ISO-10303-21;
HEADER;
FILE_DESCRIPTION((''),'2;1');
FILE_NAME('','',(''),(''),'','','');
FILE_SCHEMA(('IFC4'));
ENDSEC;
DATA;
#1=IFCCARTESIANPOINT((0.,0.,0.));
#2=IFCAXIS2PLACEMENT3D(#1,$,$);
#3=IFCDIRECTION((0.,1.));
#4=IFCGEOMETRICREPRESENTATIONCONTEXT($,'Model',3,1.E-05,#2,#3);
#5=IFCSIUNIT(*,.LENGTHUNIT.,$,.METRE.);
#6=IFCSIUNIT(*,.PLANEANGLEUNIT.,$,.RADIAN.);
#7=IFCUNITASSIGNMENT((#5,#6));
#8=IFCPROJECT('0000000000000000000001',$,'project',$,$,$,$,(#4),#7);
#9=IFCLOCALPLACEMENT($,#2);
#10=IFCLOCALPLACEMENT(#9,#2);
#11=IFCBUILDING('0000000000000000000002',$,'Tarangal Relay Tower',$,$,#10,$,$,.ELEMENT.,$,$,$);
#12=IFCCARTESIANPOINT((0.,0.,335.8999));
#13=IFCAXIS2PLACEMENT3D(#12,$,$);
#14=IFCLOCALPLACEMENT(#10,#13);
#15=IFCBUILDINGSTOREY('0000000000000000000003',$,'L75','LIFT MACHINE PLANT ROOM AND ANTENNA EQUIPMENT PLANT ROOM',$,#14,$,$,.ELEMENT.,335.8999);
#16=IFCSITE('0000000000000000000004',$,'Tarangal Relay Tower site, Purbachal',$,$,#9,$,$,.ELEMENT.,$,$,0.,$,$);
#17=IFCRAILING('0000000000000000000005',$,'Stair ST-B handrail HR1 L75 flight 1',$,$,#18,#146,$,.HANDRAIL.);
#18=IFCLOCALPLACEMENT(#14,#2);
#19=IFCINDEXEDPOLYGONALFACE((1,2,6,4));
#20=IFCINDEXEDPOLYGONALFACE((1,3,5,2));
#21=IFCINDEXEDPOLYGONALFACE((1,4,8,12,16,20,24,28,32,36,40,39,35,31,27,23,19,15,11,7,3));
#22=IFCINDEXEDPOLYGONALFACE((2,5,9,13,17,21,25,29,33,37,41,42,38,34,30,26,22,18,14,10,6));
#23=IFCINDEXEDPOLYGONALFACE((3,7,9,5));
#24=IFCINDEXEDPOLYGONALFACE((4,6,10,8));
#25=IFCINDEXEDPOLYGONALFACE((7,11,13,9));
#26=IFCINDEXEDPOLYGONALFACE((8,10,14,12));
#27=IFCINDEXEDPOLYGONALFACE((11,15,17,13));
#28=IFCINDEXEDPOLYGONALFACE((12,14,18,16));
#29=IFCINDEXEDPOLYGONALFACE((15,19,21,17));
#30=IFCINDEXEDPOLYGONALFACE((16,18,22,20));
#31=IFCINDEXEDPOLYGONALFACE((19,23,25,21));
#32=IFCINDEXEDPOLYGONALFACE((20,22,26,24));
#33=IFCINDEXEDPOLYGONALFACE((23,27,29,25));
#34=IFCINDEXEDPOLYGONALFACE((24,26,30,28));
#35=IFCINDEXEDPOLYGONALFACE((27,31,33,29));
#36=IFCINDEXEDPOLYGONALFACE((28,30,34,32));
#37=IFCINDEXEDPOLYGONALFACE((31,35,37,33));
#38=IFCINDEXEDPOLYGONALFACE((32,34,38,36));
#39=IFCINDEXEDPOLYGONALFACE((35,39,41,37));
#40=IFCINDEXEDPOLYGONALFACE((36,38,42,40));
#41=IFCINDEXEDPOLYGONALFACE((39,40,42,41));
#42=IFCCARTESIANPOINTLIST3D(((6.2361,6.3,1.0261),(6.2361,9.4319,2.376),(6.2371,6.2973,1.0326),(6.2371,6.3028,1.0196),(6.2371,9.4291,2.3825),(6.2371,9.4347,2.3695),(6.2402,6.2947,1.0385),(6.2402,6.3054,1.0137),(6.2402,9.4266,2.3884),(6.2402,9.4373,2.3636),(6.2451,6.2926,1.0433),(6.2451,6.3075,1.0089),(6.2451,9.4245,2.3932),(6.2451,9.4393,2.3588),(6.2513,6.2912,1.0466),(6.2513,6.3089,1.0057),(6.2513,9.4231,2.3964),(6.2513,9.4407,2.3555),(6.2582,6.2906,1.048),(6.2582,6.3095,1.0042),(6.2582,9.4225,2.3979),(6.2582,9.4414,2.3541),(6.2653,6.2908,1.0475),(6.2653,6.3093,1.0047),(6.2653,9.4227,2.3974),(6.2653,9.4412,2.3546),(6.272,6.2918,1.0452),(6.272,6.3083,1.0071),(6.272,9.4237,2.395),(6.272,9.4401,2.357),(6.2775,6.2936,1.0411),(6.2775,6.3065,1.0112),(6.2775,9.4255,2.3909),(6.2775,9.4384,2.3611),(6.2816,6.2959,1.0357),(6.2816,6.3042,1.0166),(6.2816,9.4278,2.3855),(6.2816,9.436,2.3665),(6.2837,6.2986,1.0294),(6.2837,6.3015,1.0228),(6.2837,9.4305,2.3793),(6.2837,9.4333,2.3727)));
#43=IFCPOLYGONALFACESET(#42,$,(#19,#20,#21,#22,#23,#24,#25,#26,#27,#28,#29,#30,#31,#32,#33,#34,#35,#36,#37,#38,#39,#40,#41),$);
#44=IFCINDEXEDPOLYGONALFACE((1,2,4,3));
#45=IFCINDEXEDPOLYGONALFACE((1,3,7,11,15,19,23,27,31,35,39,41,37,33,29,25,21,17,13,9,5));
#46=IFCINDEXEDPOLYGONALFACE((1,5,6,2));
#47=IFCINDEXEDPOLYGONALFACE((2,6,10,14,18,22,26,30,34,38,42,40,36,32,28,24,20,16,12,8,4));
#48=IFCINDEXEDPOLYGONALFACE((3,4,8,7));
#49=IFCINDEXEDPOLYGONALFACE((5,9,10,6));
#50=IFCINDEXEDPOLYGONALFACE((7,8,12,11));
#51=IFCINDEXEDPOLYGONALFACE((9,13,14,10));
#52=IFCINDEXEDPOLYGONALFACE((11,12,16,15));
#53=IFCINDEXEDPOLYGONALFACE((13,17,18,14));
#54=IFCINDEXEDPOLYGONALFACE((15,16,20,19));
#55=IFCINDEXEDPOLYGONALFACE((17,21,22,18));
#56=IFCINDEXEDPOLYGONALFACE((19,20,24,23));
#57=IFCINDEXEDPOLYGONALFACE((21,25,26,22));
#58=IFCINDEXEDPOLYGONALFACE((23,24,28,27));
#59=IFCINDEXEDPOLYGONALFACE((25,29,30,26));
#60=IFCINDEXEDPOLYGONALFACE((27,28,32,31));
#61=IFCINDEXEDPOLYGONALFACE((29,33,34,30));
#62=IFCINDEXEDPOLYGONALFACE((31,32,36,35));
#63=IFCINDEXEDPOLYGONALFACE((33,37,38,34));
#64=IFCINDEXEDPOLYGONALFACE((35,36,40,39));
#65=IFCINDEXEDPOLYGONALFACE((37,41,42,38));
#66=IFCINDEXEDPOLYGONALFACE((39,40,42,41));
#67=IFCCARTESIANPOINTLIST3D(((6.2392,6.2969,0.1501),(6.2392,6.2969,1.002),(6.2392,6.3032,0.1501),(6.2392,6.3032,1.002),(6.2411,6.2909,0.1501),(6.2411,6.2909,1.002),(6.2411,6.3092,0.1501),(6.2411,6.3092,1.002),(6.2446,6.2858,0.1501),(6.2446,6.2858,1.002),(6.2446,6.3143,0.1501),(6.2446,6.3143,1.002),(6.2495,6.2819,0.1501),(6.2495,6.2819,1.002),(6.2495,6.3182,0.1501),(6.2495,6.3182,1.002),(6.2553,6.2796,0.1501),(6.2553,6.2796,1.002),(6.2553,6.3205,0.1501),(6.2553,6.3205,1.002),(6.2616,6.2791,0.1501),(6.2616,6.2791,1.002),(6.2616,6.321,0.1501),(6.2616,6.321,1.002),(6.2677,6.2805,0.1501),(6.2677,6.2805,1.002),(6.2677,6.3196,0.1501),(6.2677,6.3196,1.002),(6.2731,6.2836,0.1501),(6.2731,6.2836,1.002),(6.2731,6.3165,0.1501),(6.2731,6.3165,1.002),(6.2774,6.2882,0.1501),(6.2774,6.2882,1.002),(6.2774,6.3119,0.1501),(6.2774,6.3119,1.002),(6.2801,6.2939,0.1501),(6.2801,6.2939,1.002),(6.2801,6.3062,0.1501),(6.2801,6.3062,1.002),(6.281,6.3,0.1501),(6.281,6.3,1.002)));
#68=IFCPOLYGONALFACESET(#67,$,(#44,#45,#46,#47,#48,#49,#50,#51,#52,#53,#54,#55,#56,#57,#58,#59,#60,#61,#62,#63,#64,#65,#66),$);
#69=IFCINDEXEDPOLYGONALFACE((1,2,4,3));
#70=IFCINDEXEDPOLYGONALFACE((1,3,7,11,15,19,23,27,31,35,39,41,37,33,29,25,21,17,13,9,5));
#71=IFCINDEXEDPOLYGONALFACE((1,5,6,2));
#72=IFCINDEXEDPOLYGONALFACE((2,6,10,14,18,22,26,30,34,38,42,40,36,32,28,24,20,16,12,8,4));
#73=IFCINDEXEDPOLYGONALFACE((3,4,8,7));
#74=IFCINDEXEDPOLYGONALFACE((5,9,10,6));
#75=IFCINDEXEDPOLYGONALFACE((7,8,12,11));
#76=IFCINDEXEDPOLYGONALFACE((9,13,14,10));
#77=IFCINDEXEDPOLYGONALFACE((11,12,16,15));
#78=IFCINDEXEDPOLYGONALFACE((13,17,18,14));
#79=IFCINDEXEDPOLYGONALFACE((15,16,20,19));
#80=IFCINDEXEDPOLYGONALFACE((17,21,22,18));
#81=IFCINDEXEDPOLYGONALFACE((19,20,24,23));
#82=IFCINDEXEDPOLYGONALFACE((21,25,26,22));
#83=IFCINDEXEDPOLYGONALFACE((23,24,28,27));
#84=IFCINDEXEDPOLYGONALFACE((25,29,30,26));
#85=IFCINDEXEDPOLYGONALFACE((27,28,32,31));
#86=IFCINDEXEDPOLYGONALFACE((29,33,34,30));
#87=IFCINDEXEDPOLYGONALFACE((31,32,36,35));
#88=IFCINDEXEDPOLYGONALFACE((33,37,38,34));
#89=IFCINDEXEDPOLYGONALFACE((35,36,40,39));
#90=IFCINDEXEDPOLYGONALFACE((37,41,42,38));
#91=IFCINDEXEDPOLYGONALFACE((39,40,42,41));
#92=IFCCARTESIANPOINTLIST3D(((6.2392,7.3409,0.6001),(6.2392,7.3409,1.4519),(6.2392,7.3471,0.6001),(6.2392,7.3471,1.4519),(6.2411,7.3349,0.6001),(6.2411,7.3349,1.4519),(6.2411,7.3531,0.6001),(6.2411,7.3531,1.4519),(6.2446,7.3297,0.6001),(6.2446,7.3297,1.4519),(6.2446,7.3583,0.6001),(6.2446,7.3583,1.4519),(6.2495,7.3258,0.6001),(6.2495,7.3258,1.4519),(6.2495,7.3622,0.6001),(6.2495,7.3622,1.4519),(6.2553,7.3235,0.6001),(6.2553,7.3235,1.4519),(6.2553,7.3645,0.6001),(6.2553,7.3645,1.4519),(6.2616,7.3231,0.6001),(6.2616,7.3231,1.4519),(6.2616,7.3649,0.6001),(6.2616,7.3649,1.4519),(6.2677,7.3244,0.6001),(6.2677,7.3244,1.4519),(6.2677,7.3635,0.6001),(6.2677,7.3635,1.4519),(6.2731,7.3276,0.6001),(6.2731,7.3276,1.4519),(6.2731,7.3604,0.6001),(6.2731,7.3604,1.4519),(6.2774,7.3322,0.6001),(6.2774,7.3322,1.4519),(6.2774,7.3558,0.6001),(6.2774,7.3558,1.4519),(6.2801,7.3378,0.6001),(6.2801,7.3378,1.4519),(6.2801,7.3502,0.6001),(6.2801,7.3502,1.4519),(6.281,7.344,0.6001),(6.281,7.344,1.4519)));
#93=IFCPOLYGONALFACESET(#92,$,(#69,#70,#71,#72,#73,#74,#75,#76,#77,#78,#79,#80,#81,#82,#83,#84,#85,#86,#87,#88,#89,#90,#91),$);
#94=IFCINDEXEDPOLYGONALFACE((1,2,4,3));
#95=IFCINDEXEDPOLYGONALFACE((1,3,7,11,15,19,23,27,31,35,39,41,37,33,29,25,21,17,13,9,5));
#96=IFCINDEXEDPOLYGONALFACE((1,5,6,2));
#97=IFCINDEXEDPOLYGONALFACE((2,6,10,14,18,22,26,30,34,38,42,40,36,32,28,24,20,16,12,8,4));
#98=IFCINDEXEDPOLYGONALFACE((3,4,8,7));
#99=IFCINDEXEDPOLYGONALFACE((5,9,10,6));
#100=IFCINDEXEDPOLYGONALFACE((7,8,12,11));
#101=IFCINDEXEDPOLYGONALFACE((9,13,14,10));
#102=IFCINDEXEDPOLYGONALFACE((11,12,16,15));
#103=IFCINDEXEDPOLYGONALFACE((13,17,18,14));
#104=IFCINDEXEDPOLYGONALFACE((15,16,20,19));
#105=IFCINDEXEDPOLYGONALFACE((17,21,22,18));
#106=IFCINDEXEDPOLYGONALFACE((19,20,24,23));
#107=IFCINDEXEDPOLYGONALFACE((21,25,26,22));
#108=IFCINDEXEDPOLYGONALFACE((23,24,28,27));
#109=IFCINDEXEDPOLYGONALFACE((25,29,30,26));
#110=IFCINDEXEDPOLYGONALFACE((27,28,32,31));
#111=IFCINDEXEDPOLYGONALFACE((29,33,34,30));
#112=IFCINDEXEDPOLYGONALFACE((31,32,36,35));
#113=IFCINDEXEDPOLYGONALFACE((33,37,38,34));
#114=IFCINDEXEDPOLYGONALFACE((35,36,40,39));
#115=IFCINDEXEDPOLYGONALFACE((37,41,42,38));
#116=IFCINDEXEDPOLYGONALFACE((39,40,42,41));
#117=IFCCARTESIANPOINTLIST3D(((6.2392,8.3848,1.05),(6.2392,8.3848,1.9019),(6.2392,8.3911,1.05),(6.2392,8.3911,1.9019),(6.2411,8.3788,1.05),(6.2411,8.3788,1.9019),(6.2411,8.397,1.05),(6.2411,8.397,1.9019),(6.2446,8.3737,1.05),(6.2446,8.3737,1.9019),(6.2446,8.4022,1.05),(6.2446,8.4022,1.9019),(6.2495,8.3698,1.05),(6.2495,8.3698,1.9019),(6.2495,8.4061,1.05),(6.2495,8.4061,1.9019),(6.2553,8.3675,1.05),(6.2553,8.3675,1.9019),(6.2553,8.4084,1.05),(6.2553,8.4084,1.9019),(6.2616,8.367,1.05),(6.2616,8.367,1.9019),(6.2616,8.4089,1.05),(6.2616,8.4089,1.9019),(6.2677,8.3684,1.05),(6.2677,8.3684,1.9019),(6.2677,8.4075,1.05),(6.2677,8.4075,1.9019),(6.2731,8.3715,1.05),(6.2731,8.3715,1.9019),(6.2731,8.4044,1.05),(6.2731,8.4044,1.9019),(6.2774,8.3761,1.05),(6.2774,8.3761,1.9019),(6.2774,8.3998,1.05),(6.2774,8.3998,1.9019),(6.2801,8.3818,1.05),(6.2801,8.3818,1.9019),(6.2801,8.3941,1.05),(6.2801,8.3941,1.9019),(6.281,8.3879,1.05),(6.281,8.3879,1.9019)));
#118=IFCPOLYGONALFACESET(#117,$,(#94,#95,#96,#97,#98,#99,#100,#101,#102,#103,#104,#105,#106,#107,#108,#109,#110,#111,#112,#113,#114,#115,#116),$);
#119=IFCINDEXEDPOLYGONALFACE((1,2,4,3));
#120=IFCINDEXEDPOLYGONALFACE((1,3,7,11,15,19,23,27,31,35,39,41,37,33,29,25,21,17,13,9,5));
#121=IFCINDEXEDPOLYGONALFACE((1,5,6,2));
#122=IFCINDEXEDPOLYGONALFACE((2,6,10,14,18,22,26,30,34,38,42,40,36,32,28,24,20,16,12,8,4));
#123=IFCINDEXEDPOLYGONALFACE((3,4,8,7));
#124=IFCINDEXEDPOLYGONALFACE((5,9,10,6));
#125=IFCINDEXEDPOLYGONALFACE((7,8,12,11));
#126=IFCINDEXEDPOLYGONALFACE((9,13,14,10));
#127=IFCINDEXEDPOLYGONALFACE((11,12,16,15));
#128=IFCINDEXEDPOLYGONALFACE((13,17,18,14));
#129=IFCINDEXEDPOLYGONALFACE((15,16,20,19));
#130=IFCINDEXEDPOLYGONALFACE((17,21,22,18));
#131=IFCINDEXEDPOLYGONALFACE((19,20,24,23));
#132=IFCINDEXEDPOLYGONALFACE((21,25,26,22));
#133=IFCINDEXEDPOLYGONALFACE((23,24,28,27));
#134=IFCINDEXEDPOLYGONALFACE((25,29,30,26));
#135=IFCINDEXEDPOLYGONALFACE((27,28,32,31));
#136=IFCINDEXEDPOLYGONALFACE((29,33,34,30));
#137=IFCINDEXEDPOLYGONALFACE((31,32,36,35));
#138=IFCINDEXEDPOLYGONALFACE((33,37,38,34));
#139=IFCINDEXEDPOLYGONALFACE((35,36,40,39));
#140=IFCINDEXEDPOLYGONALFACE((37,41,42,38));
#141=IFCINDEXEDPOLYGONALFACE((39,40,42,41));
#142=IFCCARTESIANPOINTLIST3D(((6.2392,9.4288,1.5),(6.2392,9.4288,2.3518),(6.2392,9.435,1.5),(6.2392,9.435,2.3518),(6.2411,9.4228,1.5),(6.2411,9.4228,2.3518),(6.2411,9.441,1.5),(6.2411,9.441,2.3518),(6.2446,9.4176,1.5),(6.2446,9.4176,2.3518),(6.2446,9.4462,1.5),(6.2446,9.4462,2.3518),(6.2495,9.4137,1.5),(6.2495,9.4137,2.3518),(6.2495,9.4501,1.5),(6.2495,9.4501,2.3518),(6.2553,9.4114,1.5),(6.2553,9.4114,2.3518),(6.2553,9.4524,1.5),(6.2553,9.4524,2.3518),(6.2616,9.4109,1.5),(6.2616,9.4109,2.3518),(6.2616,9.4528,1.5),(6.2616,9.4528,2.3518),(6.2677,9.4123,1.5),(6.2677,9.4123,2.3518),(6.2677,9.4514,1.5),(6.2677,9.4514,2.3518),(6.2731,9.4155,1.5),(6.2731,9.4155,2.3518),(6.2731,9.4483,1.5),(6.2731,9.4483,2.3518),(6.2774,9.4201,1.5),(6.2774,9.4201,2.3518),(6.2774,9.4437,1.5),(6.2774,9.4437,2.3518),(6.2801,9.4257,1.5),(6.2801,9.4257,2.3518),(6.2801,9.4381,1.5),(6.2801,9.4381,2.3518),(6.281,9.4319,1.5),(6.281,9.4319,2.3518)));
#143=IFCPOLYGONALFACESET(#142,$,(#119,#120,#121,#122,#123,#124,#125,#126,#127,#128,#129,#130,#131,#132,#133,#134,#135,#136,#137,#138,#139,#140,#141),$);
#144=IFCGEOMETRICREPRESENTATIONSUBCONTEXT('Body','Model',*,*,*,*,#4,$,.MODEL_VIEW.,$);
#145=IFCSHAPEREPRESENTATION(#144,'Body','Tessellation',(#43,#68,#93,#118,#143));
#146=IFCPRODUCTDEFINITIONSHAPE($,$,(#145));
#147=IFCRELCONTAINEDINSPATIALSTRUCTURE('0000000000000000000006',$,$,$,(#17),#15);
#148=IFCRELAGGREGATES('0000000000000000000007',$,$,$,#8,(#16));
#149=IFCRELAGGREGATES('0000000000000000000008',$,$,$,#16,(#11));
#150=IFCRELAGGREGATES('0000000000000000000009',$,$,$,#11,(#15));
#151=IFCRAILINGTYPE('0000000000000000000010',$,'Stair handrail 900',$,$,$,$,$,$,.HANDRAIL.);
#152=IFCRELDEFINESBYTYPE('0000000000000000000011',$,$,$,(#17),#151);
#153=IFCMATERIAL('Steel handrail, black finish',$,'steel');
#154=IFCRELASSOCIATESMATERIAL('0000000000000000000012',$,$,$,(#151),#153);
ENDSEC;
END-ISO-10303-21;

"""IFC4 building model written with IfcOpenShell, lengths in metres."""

from ifc_helpers import new_model, si_unit, direction, frame, origin, origin_2d, place, context, subcontext, project, spatial, circle, extrude, material, type_object, element, save


model = new_model("IFC4")

# Units and contexts
model_context = context("Model", 3, precision=1e-05, world=origin(), true_north=direction((0.0, 1.0)))
body_context = subcontext(model_context, "Body", "Model", "MODEL_VIEW")
ifc_project = project(units=[si_unit("LENGTHUNIT", "METRE"), si_unit("PLANEANGLEUNIT", "RADIAN")], contexts=[model_context])

# Site, building, storey
site_placement = place(None, origin())
site = spatial("IfcSite", under=ifc_project, at=site_placement, Name="Tarangal Relay Tower site, Purbachal", CompositionType="ELEMENT", RefElevation=0.0)
building_placement = place(site_placement, origin())
building = spatial("IfcBuilding", under=site, at=building_placement, Name="Tarangal Relay Tower", CompositionType="ELEMENT")
storey_placement = place(building_placement, frame((0.0, 0.0, 335.8999)))
storey = spatial("IfcBuildingStorey", under=building, at=storey_placement, Name="L75", Description="LIFT MACHINE PLANT ROOM AND ANTENNA EQUIPMENT PLANT ROOM", CompositionType="ELEMENT", Elevation=335.8999)

# Railing
ifc_material_1 = material(Name="Steel handrail, black finish", Category="steel")
railing_type_1 = type_object("IfcRailingType", Name="Stair handrail 900", PredefinedType="HANDRAIL", material=ifc_material_1)
for number, where, name in (
    (1, (6.26, 6.3, 0.1501), "Stair ST-B handrail HR1 L75 flight 1"),
):
    element("IfcRailing", number, at=place(storey_placement, frame(where)), inside=storey, type_object=railing_type_1, Name=name, PredefinedType="HANDRAIL", context=body_context, shape_type="SweptSolid", body=[
        extrude(circle(Radius=0.0239, at=origin_2d()), frame((0.0, 0.0, 0.876), z_axis=(0.0, 0.918332, 0.395811), x_axis=(-1.0, 0.0, 0.0)), (0.0, 0.0, 1.0), 3.4104),
        extrude(circle(Radius=0.021, at=origin_2d()), origin(), (0.0, 0.0, 1.0), 0.8518),
        extrude(circle(Radius=0.021, at=origin_2d()), frame((0.0, 1.0439, 0.45)), (0.0, 0.0, 1.0), 0.8518),
        extrude(circle(Radius=0.021, at=origin_2d()), frame((0.0, 2.0879, 0.8999)), (0.0, 0.0, 1.0), 0.8518),
        extrude(circle(Radius=0.021, at=origin_2d()), frame((0.0, 3.1318, 1.3499)), (0.0, 0.0, 1.0), 0.8518),
    ])

save(model, "model.ifc")
